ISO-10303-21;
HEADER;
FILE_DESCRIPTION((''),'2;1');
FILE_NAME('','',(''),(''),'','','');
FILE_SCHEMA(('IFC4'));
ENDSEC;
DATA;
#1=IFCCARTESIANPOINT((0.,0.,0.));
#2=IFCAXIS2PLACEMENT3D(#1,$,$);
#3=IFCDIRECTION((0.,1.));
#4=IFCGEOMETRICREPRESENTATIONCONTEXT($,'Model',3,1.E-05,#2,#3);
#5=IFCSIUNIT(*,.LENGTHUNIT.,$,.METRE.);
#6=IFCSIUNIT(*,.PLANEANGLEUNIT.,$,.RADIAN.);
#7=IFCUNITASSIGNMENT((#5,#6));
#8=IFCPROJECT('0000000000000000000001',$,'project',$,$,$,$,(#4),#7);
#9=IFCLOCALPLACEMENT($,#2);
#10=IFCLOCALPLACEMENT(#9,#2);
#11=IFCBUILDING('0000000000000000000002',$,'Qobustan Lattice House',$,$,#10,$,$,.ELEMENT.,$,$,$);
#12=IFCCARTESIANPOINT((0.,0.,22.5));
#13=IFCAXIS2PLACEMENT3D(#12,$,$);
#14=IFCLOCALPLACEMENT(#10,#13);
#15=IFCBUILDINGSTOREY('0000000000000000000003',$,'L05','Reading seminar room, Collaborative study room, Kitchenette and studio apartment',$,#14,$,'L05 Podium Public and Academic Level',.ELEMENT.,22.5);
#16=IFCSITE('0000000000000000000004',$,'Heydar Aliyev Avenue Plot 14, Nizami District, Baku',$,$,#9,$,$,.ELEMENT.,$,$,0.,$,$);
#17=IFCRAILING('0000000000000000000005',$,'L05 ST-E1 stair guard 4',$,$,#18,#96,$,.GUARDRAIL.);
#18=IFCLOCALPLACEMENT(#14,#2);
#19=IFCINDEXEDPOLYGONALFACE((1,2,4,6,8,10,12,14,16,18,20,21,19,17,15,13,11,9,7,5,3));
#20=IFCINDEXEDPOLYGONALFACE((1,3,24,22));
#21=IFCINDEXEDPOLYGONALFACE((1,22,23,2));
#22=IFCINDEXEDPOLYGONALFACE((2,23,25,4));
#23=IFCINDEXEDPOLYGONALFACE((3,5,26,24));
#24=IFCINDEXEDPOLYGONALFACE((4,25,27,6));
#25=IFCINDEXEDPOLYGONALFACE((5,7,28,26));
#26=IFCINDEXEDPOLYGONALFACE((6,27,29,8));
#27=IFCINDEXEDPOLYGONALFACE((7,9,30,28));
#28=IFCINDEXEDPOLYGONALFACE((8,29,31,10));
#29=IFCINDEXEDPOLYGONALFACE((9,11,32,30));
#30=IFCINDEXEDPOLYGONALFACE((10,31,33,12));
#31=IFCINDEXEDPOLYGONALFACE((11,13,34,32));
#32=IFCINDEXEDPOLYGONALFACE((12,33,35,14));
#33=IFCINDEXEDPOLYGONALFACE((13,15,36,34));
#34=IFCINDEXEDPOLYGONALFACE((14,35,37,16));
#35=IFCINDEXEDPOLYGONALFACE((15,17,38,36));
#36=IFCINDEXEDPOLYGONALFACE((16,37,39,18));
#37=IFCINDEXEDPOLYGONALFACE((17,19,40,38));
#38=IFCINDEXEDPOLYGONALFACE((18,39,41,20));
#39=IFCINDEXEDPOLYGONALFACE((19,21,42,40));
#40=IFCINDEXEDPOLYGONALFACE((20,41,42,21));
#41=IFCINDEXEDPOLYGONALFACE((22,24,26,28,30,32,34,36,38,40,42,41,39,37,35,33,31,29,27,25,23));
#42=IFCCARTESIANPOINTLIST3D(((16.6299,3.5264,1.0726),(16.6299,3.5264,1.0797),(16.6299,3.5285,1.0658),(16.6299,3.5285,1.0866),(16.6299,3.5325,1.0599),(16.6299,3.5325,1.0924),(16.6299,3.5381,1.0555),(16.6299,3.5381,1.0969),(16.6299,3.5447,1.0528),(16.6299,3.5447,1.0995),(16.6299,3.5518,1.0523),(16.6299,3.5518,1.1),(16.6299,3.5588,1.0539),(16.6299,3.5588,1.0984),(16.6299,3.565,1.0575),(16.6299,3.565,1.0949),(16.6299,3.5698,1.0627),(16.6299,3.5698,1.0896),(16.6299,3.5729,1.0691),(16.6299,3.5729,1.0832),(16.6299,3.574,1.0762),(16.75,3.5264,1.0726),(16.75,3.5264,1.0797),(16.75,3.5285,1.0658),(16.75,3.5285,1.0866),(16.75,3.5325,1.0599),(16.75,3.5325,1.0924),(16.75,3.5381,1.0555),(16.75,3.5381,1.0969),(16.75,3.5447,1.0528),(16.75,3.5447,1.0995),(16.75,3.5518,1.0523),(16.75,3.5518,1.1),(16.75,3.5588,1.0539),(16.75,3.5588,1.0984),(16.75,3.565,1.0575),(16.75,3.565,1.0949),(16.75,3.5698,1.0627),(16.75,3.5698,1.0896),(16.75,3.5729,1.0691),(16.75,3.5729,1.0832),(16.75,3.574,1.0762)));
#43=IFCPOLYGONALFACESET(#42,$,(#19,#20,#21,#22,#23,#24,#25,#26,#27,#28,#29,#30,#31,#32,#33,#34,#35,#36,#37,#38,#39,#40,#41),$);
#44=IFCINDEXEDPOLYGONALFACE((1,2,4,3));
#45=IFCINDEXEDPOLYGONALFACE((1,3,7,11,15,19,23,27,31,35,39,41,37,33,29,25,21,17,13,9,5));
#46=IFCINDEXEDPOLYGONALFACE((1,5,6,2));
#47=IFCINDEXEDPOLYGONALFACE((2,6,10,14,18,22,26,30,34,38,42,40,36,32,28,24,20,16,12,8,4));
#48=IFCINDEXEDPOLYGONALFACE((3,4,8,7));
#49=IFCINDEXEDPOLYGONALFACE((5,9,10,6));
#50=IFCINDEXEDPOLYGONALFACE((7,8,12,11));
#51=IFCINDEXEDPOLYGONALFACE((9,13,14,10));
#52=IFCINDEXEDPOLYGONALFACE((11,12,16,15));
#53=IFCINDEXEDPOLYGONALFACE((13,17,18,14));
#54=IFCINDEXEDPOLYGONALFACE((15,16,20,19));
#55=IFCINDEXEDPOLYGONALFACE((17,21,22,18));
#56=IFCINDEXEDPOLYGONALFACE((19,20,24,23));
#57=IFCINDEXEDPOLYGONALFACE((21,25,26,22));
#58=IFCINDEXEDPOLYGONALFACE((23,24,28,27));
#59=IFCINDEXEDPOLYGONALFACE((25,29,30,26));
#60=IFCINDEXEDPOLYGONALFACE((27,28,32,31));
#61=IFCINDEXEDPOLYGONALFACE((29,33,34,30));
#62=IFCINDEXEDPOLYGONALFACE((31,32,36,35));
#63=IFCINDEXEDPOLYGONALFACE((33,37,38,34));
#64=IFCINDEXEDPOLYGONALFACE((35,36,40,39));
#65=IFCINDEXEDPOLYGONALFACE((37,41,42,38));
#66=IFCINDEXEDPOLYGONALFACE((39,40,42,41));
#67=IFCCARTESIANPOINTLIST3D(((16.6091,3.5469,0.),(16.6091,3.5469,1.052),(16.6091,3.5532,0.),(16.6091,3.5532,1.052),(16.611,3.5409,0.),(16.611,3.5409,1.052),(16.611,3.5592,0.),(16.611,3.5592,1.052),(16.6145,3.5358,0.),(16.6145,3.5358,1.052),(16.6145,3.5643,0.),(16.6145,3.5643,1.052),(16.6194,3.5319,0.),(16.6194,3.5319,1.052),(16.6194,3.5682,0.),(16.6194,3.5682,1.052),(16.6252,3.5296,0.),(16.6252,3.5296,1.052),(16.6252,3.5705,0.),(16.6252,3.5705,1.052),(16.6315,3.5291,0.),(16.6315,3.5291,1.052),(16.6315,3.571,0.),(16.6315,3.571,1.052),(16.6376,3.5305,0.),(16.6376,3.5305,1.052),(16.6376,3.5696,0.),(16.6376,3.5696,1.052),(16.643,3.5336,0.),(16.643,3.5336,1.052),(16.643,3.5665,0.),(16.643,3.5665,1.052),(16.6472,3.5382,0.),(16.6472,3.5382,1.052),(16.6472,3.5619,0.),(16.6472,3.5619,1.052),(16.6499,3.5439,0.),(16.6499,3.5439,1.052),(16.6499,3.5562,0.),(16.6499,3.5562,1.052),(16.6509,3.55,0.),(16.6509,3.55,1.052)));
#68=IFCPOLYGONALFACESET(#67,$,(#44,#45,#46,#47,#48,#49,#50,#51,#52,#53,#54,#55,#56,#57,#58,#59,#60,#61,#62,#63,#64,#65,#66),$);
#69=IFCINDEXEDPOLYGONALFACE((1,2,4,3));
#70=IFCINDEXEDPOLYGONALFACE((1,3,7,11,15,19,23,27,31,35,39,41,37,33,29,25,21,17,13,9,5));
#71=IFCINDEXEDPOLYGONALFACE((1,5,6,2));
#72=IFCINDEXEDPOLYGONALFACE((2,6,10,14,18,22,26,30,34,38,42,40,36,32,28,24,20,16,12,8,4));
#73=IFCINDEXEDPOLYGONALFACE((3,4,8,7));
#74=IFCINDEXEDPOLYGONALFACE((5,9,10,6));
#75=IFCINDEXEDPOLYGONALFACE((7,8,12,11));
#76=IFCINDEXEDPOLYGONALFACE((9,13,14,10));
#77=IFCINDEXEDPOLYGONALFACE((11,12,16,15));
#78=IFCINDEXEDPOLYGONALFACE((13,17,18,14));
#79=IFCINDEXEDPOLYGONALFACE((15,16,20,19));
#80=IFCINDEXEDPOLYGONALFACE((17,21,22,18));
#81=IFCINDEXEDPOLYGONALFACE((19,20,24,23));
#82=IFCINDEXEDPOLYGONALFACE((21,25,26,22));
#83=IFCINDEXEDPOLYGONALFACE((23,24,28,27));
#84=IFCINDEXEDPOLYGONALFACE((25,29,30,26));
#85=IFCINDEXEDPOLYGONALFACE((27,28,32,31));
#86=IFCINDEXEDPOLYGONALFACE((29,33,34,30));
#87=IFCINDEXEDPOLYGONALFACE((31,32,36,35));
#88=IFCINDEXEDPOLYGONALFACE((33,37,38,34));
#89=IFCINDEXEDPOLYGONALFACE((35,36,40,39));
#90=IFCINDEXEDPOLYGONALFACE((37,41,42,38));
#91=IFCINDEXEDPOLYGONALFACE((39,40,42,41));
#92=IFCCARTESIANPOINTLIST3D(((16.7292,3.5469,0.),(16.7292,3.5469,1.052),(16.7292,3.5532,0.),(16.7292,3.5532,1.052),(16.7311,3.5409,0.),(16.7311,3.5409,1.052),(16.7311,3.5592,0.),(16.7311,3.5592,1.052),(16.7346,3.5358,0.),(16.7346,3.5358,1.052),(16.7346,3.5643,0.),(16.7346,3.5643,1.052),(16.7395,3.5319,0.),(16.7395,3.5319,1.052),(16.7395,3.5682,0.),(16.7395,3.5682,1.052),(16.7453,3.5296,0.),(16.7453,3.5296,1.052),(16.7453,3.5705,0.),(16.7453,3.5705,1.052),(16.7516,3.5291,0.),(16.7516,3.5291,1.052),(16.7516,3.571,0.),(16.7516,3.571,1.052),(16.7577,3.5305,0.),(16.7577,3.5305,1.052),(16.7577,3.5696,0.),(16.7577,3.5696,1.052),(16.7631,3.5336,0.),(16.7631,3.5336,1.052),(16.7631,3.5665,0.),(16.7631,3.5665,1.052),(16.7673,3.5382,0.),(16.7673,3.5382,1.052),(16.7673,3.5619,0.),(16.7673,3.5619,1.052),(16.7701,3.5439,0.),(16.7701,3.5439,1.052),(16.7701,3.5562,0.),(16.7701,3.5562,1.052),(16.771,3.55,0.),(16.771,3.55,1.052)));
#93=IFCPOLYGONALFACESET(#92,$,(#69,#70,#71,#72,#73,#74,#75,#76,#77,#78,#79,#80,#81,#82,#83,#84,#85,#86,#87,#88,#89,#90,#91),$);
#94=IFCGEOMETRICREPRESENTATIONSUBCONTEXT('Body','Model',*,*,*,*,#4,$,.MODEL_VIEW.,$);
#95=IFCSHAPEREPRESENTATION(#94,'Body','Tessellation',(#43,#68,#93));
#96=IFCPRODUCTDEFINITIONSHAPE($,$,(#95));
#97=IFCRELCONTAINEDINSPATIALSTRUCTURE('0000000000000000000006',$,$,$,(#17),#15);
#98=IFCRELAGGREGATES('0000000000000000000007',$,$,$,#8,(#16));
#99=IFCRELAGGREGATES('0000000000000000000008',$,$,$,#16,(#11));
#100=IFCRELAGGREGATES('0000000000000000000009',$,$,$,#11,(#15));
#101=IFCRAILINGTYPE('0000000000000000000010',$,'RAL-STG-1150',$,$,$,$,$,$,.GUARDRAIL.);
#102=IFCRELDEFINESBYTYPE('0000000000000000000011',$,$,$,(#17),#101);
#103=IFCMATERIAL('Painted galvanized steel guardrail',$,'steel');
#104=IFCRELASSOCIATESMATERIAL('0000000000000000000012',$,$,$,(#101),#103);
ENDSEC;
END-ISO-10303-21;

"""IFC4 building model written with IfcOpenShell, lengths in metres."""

from ifc_helpers import new_model, si_unit, direction, frame, origin, origin_2d, place, context, subcontext, project, spatial, circle, extrude, material, type_object, element, save


model = new_model("IFC4")

# Units and contexts
model_context = context("Model", 3, precision=1e-05, world=origin(), true_north=direction((0.0, 1.0)))
body_context = subcontext(model_context, "Body", "Model", "MODEL_VIEW")
ifc_project = project(units=[si_unit("LENGTHUNIT", "METRE"), si_unit("PLANEANGLEUNIT", "RADIAN")], contexts=[model_context])

# Site, building, storey
site_placement = place(None, origin())
site = spatial("IfcSite", under=ifc_project, at=site_placement, Name="Heydar Aliyev Avenue Plot 14, Nizami District, Baku", CompositionType="ELEMENT", RefElevation=0.0)
building_placement = place(site_placement, origin())
building = spatial("IfcBuilding", under=site, at=building_placement, Name="Qobustan Lattice House", CompositionType="ELEMENT")
storey_placement = place(building_placement, frame((0.0, 0.0, 22.5)))
storey = spatial("IfcBuildingStorey", under=building, at=storey_placement, Name="L05", Description="Reading seminar room, Collaborative study room, Kitchenette and studio apartment", LongName="L05 Podium Public and Academic Level", CompositionType="ELEMENT", Elevation=22.5)

# Railing
ifc_material_1 = material(Name="Painted galvanized steel guardrail", Category="steel")
railing_type_1 = type_object("IfcRailingType", Name="RAL-STG-1150", PredefinedType="GUARDRAIL", material=ifc_material_1)
railing_1_placement = place(storey_placement, frame((16.6299, 3.55, 0.0)))
element("IfcRailing", 1, at=railing_1_placement, inside=storey, type_object=railing_type_1, Name="L05 ST-E1 stair guard 4", PredefinedType="GUARDRAIL", context=body_context, shape_type="SweptSolid", body=[
    extrude(circle(Radius=0.0239, at=origin_2d()), frame((0.0, 0.0, 1.0762), z_axis=(1.0, 0.0, 0.0), x_axis=(0.0, 1.0, 0.0)), (0.0, 0.0, 1.0), 0.1201),
    extrude(circle(Radius=0.021, at=origin_2d()), origin(), (0.0, 0.0, 1.0), 1.052),
    extrude(circle(Radius=0.021, at=origin_2d()), frame((0.1201, 0.0, 0.0)), (0.0, 0.0, 1.0), 1.052),
])

save(model, "model.ifc")
